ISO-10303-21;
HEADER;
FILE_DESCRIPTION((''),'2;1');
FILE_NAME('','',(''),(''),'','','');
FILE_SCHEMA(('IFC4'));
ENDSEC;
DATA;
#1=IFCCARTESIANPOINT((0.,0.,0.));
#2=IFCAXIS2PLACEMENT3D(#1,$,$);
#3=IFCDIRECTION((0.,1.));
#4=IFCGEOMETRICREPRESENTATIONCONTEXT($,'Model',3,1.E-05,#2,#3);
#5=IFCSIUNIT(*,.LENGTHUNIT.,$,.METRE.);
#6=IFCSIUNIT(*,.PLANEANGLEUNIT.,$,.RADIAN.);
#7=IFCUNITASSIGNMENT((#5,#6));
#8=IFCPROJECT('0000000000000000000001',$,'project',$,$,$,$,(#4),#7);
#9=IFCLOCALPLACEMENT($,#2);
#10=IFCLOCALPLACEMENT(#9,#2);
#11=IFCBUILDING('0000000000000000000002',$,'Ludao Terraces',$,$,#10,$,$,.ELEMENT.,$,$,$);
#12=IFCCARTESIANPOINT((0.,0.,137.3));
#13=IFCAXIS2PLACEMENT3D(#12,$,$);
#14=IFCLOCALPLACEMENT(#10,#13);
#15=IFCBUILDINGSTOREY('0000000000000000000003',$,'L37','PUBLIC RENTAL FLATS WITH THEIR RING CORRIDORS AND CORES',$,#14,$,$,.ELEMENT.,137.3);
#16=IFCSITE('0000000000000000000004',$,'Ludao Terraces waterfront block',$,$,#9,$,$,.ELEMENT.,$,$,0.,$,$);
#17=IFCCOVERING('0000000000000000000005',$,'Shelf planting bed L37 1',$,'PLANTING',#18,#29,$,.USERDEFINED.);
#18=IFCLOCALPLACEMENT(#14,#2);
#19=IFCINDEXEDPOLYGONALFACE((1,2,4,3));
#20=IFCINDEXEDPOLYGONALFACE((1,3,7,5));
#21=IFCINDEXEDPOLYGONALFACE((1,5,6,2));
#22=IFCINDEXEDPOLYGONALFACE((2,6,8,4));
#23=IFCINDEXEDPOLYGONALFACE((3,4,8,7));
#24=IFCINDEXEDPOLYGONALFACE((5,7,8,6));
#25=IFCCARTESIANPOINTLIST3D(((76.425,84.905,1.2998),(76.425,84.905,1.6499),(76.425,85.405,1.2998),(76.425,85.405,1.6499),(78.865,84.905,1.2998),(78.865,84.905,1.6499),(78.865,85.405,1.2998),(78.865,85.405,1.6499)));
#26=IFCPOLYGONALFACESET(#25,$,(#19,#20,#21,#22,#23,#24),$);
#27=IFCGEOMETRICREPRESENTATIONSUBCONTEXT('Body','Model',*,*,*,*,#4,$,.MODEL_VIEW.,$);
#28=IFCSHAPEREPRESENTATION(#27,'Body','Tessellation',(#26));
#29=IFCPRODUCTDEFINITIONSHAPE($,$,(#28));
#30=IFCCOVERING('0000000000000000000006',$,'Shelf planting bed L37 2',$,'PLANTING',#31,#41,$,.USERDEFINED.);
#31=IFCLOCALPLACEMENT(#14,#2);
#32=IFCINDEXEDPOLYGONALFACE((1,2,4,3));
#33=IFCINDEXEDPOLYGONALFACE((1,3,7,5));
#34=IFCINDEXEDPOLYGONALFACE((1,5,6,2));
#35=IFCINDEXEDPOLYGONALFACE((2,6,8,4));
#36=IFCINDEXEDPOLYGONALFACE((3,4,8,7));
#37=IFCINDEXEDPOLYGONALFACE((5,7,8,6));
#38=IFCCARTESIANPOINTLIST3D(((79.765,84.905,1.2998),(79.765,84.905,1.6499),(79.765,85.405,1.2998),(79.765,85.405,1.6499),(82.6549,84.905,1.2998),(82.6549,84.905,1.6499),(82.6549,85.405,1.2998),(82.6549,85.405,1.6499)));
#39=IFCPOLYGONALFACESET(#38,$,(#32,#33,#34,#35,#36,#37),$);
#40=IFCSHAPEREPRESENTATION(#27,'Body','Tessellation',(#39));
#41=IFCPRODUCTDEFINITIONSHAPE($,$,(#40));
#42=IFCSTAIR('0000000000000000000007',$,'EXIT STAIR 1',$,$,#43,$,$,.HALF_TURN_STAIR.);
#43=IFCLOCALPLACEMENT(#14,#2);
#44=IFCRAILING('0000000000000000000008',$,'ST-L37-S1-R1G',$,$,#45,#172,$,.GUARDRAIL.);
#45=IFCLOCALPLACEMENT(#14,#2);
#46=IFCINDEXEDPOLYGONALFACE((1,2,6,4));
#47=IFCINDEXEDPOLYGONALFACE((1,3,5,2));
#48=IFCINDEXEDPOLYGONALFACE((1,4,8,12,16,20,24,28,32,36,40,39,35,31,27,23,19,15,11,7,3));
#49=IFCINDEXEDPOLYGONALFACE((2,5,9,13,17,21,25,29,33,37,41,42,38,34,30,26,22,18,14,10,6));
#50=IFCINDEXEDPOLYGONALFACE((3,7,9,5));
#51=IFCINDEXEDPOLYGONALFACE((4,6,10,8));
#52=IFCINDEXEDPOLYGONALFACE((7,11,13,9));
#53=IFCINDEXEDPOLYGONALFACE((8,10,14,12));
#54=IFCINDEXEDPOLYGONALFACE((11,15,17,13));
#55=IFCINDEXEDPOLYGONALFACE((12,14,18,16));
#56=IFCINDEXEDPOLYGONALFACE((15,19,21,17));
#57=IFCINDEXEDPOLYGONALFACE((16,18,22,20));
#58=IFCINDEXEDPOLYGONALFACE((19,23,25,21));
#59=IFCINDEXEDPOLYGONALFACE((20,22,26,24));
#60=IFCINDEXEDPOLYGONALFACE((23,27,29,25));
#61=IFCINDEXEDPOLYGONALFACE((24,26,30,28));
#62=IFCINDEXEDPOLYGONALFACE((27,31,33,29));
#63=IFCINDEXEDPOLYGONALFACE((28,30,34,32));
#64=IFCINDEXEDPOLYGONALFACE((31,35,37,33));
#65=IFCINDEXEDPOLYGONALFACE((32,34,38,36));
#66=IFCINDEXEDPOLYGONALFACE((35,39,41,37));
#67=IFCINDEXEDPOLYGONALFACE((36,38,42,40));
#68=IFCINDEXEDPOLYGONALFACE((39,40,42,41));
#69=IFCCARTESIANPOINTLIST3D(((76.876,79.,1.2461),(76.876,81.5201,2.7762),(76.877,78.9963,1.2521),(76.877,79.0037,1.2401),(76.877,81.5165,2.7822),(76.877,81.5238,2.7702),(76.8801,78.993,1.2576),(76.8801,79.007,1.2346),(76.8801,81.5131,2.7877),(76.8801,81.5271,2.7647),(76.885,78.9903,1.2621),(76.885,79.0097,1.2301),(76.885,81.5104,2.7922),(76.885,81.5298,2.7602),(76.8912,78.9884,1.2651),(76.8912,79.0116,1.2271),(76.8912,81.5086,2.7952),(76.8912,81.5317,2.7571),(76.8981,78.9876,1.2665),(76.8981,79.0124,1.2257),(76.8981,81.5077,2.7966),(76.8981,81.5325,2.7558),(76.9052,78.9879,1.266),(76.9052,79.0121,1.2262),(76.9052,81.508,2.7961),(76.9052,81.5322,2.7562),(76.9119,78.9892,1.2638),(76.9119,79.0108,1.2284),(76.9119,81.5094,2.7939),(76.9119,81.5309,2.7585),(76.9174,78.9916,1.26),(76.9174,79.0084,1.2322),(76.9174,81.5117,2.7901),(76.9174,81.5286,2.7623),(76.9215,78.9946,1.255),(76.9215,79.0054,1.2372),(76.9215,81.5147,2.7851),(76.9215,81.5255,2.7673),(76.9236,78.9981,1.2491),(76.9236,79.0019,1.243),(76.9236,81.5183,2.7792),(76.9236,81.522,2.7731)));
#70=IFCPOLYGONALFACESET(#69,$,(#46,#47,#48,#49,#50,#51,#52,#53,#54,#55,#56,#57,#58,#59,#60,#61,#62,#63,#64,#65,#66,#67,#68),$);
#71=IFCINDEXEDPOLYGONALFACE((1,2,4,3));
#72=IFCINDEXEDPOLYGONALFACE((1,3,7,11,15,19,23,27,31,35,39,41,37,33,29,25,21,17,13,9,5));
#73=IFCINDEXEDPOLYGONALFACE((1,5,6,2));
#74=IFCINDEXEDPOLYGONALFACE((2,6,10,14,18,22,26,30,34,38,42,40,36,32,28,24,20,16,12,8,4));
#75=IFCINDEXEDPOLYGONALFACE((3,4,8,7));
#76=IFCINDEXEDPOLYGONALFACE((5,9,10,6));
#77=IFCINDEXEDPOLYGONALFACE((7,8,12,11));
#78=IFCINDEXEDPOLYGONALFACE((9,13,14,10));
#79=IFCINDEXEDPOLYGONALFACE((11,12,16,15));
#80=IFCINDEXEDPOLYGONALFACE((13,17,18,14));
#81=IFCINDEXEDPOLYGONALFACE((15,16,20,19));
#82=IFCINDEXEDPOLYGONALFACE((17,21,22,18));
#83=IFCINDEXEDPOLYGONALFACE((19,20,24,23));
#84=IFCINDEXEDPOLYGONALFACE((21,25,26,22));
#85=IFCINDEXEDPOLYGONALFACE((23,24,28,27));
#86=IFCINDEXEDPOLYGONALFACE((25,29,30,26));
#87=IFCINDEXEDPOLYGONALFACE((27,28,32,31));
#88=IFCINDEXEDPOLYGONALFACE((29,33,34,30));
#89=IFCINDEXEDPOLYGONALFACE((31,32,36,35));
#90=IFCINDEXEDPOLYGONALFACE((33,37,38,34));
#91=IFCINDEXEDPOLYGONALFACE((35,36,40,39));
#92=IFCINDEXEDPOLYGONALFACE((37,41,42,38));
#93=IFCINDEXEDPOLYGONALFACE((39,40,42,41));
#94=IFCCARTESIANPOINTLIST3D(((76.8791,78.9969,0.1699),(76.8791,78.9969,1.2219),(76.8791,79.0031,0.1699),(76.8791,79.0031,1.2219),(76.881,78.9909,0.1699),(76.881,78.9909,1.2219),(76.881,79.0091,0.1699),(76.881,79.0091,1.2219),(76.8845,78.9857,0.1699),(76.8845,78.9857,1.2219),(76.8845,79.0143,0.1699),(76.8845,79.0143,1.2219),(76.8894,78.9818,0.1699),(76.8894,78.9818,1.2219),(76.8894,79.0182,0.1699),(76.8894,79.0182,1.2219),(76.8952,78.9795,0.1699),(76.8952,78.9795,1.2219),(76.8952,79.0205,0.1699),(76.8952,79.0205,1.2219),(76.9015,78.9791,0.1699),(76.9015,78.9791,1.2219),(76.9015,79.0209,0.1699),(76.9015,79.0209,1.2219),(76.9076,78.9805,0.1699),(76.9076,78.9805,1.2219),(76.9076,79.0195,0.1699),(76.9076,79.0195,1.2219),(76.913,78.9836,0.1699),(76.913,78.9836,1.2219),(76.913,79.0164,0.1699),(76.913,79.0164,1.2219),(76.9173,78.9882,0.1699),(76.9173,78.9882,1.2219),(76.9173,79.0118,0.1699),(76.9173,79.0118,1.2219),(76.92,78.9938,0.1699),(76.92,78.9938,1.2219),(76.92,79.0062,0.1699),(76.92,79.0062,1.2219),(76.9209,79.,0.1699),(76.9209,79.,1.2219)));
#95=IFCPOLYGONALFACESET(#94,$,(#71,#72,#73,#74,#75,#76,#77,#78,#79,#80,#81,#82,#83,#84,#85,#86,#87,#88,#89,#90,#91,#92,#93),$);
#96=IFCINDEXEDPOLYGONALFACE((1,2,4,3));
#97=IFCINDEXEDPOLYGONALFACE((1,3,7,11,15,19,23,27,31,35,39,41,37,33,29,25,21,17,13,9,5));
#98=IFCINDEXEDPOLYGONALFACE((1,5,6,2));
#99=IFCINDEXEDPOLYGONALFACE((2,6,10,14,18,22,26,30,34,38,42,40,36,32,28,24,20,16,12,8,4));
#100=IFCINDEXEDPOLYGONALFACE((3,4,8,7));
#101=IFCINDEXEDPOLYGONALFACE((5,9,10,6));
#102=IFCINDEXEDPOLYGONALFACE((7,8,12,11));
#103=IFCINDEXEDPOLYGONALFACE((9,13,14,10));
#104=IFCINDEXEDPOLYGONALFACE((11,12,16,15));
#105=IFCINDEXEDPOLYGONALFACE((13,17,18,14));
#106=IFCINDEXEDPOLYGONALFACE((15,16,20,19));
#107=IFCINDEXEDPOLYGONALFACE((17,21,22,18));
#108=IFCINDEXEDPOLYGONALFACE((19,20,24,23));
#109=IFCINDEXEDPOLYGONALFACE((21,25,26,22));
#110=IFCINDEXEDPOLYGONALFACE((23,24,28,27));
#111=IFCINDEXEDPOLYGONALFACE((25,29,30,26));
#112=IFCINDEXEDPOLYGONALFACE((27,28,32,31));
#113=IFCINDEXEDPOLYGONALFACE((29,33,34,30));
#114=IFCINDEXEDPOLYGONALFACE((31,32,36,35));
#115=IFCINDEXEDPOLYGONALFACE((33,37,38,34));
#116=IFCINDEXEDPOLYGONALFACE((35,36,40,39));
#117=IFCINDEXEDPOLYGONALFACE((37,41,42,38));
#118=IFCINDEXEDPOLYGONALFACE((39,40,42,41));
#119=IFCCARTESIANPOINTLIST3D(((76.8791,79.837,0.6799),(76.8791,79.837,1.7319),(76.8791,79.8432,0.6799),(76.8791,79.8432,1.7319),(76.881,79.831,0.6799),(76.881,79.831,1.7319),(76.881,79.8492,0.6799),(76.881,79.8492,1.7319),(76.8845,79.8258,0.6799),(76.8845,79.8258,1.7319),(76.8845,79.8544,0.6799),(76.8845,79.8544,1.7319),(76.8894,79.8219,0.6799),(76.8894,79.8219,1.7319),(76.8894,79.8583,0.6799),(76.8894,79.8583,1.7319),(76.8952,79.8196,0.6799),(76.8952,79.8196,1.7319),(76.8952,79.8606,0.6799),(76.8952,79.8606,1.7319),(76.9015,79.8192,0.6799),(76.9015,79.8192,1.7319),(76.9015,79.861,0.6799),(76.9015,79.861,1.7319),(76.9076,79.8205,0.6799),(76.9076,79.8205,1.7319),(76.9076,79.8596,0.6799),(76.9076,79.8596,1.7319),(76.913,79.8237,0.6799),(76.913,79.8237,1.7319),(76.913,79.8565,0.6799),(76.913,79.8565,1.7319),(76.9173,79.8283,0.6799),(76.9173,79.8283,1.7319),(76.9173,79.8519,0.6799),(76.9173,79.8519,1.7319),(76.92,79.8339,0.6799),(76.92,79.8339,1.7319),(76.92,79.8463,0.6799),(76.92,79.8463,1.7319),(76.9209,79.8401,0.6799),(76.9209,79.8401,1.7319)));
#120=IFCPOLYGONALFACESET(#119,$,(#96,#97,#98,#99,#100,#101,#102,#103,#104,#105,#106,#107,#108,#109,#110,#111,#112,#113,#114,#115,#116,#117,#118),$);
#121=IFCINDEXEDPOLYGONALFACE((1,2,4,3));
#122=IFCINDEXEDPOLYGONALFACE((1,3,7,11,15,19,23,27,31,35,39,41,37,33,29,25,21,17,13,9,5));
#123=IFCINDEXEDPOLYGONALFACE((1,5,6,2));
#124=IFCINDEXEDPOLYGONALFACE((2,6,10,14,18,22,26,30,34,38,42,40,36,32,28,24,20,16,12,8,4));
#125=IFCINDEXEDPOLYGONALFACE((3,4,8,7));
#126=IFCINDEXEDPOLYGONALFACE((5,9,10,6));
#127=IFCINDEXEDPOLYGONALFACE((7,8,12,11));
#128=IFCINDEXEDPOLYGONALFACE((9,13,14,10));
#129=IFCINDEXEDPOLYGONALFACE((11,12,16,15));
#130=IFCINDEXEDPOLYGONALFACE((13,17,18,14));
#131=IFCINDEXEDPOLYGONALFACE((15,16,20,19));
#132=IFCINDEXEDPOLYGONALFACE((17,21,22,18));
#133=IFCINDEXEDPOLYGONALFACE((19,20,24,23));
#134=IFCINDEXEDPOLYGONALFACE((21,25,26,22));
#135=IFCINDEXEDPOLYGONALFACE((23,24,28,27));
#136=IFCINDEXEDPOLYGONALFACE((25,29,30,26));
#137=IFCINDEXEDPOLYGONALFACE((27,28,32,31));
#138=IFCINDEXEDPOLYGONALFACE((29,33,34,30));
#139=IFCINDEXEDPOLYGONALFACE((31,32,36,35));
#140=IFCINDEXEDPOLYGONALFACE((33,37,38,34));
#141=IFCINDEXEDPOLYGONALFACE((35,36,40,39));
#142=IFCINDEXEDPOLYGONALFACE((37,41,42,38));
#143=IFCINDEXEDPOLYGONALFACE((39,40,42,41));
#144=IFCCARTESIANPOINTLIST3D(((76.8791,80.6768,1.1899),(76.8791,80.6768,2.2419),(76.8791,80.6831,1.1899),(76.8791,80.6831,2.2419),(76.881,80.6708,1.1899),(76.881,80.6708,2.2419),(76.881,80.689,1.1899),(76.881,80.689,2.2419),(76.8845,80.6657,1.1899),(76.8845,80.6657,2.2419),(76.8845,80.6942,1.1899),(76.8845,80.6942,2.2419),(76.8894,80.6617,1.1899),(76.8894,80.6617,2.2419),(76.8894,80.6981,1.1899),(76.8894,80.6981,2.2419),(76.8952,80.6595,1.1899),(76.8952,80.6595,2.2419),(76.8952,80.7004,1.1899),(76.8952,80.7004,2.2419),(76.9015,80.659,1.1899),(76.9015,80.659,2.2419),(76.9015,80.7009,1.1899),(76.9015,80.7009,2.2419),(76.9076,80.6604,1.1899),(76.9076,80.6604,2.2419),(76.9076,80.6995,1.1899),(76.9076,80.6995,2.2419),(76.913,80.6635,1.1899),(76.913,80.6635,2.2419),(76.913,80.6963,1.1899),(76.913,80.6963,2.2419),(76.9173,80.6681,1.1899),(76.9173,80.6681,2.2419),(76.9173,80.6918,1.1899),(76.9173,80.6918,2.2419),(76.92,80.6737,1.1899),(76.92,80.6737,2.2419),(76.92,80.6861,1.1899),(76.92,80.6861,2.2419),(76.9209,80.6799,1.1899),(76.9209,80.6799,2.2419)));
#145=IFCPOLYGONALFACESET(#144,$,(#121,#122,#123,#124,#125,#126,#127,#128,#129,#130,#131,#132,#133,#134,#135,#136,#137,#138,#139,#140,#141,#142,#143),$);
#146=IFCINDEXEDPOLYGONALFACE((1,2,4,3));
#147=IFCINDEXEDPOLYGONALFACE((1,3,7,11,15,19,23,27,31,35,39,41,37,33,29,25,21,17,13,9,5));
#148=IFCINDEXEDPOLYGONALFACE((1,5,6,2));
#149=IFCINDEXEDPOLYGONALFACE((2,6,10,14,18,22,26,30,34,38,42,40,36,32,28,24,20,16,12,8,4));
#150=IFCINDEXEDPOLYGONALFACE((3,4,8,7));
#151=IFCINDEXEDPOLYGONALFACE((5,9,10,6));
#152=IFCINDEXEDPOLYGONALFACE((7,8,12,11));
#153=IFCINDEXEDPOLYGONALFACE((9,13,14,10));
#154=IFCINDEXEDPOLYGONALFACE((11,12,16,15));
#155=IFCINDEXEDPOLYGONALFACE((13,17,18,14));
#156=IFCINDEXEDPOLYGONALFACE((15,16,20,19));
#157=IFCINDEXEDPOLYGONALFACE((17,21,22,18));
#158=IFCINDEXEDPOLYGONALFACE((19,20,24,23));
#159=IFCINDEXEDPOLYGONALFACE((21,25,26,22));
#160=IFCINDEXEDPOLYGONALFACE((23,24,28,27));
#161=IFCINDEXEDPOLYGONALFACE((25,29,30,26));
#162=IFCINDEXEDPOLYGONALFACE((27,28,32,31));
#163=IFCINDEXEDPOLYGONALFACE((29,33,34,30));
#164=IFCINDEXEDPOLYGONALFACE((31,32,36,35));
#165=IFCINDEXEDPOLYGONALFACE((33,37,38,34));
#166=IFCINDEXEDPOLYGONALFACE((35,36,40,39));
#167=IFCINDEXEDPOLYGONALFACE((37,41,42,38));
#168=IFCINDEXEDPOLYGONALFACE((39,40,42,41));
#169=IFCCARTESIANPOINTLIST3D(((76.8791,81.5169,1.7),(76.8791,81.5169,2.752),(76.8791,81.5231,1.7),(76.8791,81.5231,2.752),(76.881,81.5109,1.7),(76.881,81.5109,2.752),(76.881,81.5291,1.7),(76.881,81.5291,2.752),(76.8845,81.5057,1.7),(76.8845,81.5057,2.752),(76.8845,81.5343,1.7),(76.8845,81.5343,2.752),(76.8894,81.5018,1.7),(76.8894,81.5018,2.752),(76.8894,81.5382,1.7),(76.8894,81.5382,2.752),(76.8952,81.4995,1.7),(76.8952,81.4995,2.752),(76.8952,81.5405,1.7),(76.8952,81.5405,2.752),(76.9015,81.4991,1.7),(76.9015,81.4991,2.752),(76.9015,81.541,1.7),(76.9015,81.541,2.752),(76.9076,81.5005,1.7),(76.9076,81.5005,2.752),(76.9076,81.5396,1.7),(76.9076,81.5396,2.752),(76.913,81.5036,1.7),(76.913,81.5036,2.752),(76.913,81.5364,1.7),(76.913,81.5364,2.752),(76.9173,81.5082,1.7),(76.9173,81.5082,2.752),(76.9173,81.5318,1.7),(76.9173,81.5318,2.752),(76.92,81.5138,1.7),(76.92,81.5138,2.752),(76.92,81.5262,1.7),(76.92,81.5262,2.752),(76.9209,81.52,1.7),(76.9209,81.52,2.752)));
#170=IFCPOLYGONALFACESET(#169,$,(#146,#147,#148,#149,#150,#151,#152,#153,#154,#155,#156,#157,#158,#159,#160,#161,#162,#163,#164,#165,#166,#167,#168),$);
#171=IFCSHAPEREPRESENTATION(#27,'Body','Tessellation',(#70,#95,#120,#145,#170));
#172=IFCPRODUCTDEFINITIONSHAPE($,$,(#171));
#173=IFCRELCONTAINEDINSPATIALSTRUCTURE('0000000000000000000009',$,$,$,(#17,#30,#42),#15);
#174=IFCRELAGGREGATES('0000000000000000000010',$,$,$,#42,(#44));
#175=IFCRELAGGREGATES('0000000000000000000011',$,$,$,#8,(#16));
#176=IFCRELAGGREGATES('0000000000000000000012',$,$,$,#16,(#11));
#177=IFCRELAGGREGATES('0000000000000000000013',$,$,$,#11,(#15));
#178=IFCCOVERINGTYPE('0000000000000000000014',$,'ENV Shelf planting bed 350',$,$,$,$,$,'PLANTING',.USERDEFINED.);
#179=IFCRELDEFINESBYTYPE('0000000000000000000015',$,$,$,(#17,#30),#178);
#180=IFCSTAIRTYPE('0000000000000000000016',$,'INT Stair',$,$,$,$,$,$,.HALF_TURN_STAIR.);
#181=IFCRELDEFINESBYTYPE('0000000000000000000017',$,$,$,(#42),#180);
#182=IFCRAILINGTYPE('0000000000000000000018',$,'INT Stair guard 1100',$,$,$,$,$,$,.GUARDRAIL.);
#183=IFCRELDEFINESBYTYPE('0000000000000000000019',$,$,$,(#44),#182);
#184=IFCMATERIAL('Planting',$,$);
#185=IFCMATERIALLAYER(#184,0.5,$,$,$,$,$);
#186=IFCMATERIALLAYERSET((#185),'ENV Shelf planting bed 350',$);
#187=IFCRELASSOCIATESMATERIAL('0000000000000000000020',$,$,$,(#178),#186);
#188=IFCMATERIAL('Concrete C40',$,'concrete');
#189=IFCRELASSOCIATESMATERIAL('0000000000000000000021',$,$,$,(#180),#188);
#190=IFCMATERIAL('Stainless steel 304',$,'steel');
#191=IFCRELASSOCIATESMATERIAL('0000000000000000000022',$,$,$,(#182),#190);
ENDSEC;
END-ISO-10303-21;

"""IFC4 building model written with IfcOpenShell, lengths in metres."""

from ifc_helpers import new_model, si_unit, direction, frame, origin, origin_2d, place, context, subcontext, project, spatial, rectangle, circle, extrude, material, layer, layer_set, type_object, element, aggregate, save


model = new_model("IFC4")

# Units and contexts
model_context = context("Model", 3, precision=1e-05, world=origin(), true_north=direction((0.0, 1.0)))
body_context = subcontext(model_context, "Body", "Model", "MODEL_VIEW")
ifc_project = project(units=[si_unit("LENGTHUNIT", "METRE"), si_unit("PLANEANGLEUNIT", "RADIAN")], contexts=[model_context])

# Site, building, storey
site_placement = place(None, origin())
site = spatial("IfcSite", under=ifc_project, at=site_placement, Name="Ludao Terraces waterfront block", CompositionType="ELEMENT", RefElevation=0.0)
building_placement = place(site_placement, origin())
building = spatial("IfcBuilding", under=site, at=building_placement, Name="Ludao Terraces", CompositionType="ELEMENT")
storey_placement = place(building_placement, frame((0.0, 0.0, 137.3)))
storey = spatial("IfcBuildingStorey", under=building, at=storey_placement, Name="L37", Description="PUBLIC RENTAL FLATS WITH THEIR RING CORRIDORS AND CORES", CompositionType="ELEMENT", Elevation=137.3)

# Shared definitions
ifc_material_1 = material(Name="Stainless steel 304", Category="steel")

# Coverings
ifc_material_2 = material(Name="Planting")
ifc_layer_1 = layer(ifc_material_2, 0.5)
ifc_layer_set_1 = layer_set([ifc_layer_1], Name="ENV Shelf planting bed 350")
covering_type_1 = type_object("IfcCoveringType", Name="ENV Shelf planting bed 350", ElementType="PLANTING", PredefinedType="USERDEFINED", material=ifc_layer_set_1)
covering_1_placement = place(storey_placement, frame((77.645, 85.155, 1.2998), z_axis=(0.0, 0.0, 1.0), x_axis=(1.0, 0.0, 0.0)))
element("IfcCovering", 1, at=covering_1_placement, inside=storey, type_object=covering_type_1, Name="Shelf planting bed L37 1", ObjectType="PLANTING", PredefinedType="USERDEFINED", context=body_context, shape_type="SweptSolid", body=[
    extrude(rectangle(XDim=2.4399, YDim=0.5, at=origin_2d()), origin(), (0.0, 0.0, 1.0), 0.3501),
])
covering_2_placement = place(storey_placement, frame((81.21, 85.155, 1.2998), z_axis=(0.0, 0.0, 1.0), x_axis=(1.0, 0.0, 0.0)))
element("IfcCovering", 2, at=covering_2_placement, inside=storey, type_object=covering_type_1, Name="Shelf planting bed L37 2", ObjectType="PLANTING", PredefinedType="USERDEFINED", context=body_context, shape_type="SweptSolid", body=[
    extrude(rectangle(XDim=2.8899, YDim=0.5, at=origin_2d()), origin(), (0.0, 0.0, 1.0), 0.3501),
])

# Stair, railing
ifc_material_3 = material(Name="Concrete C40", Category="concrete")
stair_type = type_object("IfcStairType", Name="INT Stair", PredefinedType="HALF_TURN_STAIR", material=ifc_material_3)
stair_placement = place(storey_placement, origin())
stair = element("IfcStair", 3, at=stair_placement, inside=storey, type_object=stair_type, Name="EXIT STAIR 1", PredefinedType="HALF_TURN_STAIR")
railing_type_1 = type_object("IfcRailingType", Name="INT Stair guard 1100", PredefinedType="GUARDRAIL", material=ifc_material_1)
railing_1_placement = place(storey_placement, frame((76.8999, 79.0, 0.1699)))
railing_1 = element("IfcRailing", 4, at=railing_1_placement, type_object=railing_type_1, Name="ST-L37-S1-R1G", PredefinedType="GUARDRAIL", context=body_context, shape_type="SweptSolid", body=[
    extrude(circle(Radius=0.0239, at=origin_2d()), frame((0.0, 0.0, 1.0762), z_axis=(0.0, 0.854785, 0.518982), x_axis=(-1.0, 0.0, 0.0)), (0.0, 0.0, 1.0), 2.9482),
    extrude(circle(Radius=0.021, at=origin_2d()), origin(), (0.0, 0.0, 1.0), 1.052),
    extrude(circle(Radius=0.021, at=origin_2d()), frame((0.0, 0.8401, 0.51)), (0.0, 0.0, 1.0), 1.052),
    extrude(circle(Radius=0.021, at=origin_2d()), frame((0.0, 1.6799, 1.02)), (0.0, 0.0, 1.0), 1.052),
    extrude(circle(Radius=0.021, at=origin_2d()), frame((0.0, 2.52, 1.53)), (0.0, 0.0, 1.0), 1.052),
])
aggregate(stair, [railing_1])

save(model, "model.ifc")
